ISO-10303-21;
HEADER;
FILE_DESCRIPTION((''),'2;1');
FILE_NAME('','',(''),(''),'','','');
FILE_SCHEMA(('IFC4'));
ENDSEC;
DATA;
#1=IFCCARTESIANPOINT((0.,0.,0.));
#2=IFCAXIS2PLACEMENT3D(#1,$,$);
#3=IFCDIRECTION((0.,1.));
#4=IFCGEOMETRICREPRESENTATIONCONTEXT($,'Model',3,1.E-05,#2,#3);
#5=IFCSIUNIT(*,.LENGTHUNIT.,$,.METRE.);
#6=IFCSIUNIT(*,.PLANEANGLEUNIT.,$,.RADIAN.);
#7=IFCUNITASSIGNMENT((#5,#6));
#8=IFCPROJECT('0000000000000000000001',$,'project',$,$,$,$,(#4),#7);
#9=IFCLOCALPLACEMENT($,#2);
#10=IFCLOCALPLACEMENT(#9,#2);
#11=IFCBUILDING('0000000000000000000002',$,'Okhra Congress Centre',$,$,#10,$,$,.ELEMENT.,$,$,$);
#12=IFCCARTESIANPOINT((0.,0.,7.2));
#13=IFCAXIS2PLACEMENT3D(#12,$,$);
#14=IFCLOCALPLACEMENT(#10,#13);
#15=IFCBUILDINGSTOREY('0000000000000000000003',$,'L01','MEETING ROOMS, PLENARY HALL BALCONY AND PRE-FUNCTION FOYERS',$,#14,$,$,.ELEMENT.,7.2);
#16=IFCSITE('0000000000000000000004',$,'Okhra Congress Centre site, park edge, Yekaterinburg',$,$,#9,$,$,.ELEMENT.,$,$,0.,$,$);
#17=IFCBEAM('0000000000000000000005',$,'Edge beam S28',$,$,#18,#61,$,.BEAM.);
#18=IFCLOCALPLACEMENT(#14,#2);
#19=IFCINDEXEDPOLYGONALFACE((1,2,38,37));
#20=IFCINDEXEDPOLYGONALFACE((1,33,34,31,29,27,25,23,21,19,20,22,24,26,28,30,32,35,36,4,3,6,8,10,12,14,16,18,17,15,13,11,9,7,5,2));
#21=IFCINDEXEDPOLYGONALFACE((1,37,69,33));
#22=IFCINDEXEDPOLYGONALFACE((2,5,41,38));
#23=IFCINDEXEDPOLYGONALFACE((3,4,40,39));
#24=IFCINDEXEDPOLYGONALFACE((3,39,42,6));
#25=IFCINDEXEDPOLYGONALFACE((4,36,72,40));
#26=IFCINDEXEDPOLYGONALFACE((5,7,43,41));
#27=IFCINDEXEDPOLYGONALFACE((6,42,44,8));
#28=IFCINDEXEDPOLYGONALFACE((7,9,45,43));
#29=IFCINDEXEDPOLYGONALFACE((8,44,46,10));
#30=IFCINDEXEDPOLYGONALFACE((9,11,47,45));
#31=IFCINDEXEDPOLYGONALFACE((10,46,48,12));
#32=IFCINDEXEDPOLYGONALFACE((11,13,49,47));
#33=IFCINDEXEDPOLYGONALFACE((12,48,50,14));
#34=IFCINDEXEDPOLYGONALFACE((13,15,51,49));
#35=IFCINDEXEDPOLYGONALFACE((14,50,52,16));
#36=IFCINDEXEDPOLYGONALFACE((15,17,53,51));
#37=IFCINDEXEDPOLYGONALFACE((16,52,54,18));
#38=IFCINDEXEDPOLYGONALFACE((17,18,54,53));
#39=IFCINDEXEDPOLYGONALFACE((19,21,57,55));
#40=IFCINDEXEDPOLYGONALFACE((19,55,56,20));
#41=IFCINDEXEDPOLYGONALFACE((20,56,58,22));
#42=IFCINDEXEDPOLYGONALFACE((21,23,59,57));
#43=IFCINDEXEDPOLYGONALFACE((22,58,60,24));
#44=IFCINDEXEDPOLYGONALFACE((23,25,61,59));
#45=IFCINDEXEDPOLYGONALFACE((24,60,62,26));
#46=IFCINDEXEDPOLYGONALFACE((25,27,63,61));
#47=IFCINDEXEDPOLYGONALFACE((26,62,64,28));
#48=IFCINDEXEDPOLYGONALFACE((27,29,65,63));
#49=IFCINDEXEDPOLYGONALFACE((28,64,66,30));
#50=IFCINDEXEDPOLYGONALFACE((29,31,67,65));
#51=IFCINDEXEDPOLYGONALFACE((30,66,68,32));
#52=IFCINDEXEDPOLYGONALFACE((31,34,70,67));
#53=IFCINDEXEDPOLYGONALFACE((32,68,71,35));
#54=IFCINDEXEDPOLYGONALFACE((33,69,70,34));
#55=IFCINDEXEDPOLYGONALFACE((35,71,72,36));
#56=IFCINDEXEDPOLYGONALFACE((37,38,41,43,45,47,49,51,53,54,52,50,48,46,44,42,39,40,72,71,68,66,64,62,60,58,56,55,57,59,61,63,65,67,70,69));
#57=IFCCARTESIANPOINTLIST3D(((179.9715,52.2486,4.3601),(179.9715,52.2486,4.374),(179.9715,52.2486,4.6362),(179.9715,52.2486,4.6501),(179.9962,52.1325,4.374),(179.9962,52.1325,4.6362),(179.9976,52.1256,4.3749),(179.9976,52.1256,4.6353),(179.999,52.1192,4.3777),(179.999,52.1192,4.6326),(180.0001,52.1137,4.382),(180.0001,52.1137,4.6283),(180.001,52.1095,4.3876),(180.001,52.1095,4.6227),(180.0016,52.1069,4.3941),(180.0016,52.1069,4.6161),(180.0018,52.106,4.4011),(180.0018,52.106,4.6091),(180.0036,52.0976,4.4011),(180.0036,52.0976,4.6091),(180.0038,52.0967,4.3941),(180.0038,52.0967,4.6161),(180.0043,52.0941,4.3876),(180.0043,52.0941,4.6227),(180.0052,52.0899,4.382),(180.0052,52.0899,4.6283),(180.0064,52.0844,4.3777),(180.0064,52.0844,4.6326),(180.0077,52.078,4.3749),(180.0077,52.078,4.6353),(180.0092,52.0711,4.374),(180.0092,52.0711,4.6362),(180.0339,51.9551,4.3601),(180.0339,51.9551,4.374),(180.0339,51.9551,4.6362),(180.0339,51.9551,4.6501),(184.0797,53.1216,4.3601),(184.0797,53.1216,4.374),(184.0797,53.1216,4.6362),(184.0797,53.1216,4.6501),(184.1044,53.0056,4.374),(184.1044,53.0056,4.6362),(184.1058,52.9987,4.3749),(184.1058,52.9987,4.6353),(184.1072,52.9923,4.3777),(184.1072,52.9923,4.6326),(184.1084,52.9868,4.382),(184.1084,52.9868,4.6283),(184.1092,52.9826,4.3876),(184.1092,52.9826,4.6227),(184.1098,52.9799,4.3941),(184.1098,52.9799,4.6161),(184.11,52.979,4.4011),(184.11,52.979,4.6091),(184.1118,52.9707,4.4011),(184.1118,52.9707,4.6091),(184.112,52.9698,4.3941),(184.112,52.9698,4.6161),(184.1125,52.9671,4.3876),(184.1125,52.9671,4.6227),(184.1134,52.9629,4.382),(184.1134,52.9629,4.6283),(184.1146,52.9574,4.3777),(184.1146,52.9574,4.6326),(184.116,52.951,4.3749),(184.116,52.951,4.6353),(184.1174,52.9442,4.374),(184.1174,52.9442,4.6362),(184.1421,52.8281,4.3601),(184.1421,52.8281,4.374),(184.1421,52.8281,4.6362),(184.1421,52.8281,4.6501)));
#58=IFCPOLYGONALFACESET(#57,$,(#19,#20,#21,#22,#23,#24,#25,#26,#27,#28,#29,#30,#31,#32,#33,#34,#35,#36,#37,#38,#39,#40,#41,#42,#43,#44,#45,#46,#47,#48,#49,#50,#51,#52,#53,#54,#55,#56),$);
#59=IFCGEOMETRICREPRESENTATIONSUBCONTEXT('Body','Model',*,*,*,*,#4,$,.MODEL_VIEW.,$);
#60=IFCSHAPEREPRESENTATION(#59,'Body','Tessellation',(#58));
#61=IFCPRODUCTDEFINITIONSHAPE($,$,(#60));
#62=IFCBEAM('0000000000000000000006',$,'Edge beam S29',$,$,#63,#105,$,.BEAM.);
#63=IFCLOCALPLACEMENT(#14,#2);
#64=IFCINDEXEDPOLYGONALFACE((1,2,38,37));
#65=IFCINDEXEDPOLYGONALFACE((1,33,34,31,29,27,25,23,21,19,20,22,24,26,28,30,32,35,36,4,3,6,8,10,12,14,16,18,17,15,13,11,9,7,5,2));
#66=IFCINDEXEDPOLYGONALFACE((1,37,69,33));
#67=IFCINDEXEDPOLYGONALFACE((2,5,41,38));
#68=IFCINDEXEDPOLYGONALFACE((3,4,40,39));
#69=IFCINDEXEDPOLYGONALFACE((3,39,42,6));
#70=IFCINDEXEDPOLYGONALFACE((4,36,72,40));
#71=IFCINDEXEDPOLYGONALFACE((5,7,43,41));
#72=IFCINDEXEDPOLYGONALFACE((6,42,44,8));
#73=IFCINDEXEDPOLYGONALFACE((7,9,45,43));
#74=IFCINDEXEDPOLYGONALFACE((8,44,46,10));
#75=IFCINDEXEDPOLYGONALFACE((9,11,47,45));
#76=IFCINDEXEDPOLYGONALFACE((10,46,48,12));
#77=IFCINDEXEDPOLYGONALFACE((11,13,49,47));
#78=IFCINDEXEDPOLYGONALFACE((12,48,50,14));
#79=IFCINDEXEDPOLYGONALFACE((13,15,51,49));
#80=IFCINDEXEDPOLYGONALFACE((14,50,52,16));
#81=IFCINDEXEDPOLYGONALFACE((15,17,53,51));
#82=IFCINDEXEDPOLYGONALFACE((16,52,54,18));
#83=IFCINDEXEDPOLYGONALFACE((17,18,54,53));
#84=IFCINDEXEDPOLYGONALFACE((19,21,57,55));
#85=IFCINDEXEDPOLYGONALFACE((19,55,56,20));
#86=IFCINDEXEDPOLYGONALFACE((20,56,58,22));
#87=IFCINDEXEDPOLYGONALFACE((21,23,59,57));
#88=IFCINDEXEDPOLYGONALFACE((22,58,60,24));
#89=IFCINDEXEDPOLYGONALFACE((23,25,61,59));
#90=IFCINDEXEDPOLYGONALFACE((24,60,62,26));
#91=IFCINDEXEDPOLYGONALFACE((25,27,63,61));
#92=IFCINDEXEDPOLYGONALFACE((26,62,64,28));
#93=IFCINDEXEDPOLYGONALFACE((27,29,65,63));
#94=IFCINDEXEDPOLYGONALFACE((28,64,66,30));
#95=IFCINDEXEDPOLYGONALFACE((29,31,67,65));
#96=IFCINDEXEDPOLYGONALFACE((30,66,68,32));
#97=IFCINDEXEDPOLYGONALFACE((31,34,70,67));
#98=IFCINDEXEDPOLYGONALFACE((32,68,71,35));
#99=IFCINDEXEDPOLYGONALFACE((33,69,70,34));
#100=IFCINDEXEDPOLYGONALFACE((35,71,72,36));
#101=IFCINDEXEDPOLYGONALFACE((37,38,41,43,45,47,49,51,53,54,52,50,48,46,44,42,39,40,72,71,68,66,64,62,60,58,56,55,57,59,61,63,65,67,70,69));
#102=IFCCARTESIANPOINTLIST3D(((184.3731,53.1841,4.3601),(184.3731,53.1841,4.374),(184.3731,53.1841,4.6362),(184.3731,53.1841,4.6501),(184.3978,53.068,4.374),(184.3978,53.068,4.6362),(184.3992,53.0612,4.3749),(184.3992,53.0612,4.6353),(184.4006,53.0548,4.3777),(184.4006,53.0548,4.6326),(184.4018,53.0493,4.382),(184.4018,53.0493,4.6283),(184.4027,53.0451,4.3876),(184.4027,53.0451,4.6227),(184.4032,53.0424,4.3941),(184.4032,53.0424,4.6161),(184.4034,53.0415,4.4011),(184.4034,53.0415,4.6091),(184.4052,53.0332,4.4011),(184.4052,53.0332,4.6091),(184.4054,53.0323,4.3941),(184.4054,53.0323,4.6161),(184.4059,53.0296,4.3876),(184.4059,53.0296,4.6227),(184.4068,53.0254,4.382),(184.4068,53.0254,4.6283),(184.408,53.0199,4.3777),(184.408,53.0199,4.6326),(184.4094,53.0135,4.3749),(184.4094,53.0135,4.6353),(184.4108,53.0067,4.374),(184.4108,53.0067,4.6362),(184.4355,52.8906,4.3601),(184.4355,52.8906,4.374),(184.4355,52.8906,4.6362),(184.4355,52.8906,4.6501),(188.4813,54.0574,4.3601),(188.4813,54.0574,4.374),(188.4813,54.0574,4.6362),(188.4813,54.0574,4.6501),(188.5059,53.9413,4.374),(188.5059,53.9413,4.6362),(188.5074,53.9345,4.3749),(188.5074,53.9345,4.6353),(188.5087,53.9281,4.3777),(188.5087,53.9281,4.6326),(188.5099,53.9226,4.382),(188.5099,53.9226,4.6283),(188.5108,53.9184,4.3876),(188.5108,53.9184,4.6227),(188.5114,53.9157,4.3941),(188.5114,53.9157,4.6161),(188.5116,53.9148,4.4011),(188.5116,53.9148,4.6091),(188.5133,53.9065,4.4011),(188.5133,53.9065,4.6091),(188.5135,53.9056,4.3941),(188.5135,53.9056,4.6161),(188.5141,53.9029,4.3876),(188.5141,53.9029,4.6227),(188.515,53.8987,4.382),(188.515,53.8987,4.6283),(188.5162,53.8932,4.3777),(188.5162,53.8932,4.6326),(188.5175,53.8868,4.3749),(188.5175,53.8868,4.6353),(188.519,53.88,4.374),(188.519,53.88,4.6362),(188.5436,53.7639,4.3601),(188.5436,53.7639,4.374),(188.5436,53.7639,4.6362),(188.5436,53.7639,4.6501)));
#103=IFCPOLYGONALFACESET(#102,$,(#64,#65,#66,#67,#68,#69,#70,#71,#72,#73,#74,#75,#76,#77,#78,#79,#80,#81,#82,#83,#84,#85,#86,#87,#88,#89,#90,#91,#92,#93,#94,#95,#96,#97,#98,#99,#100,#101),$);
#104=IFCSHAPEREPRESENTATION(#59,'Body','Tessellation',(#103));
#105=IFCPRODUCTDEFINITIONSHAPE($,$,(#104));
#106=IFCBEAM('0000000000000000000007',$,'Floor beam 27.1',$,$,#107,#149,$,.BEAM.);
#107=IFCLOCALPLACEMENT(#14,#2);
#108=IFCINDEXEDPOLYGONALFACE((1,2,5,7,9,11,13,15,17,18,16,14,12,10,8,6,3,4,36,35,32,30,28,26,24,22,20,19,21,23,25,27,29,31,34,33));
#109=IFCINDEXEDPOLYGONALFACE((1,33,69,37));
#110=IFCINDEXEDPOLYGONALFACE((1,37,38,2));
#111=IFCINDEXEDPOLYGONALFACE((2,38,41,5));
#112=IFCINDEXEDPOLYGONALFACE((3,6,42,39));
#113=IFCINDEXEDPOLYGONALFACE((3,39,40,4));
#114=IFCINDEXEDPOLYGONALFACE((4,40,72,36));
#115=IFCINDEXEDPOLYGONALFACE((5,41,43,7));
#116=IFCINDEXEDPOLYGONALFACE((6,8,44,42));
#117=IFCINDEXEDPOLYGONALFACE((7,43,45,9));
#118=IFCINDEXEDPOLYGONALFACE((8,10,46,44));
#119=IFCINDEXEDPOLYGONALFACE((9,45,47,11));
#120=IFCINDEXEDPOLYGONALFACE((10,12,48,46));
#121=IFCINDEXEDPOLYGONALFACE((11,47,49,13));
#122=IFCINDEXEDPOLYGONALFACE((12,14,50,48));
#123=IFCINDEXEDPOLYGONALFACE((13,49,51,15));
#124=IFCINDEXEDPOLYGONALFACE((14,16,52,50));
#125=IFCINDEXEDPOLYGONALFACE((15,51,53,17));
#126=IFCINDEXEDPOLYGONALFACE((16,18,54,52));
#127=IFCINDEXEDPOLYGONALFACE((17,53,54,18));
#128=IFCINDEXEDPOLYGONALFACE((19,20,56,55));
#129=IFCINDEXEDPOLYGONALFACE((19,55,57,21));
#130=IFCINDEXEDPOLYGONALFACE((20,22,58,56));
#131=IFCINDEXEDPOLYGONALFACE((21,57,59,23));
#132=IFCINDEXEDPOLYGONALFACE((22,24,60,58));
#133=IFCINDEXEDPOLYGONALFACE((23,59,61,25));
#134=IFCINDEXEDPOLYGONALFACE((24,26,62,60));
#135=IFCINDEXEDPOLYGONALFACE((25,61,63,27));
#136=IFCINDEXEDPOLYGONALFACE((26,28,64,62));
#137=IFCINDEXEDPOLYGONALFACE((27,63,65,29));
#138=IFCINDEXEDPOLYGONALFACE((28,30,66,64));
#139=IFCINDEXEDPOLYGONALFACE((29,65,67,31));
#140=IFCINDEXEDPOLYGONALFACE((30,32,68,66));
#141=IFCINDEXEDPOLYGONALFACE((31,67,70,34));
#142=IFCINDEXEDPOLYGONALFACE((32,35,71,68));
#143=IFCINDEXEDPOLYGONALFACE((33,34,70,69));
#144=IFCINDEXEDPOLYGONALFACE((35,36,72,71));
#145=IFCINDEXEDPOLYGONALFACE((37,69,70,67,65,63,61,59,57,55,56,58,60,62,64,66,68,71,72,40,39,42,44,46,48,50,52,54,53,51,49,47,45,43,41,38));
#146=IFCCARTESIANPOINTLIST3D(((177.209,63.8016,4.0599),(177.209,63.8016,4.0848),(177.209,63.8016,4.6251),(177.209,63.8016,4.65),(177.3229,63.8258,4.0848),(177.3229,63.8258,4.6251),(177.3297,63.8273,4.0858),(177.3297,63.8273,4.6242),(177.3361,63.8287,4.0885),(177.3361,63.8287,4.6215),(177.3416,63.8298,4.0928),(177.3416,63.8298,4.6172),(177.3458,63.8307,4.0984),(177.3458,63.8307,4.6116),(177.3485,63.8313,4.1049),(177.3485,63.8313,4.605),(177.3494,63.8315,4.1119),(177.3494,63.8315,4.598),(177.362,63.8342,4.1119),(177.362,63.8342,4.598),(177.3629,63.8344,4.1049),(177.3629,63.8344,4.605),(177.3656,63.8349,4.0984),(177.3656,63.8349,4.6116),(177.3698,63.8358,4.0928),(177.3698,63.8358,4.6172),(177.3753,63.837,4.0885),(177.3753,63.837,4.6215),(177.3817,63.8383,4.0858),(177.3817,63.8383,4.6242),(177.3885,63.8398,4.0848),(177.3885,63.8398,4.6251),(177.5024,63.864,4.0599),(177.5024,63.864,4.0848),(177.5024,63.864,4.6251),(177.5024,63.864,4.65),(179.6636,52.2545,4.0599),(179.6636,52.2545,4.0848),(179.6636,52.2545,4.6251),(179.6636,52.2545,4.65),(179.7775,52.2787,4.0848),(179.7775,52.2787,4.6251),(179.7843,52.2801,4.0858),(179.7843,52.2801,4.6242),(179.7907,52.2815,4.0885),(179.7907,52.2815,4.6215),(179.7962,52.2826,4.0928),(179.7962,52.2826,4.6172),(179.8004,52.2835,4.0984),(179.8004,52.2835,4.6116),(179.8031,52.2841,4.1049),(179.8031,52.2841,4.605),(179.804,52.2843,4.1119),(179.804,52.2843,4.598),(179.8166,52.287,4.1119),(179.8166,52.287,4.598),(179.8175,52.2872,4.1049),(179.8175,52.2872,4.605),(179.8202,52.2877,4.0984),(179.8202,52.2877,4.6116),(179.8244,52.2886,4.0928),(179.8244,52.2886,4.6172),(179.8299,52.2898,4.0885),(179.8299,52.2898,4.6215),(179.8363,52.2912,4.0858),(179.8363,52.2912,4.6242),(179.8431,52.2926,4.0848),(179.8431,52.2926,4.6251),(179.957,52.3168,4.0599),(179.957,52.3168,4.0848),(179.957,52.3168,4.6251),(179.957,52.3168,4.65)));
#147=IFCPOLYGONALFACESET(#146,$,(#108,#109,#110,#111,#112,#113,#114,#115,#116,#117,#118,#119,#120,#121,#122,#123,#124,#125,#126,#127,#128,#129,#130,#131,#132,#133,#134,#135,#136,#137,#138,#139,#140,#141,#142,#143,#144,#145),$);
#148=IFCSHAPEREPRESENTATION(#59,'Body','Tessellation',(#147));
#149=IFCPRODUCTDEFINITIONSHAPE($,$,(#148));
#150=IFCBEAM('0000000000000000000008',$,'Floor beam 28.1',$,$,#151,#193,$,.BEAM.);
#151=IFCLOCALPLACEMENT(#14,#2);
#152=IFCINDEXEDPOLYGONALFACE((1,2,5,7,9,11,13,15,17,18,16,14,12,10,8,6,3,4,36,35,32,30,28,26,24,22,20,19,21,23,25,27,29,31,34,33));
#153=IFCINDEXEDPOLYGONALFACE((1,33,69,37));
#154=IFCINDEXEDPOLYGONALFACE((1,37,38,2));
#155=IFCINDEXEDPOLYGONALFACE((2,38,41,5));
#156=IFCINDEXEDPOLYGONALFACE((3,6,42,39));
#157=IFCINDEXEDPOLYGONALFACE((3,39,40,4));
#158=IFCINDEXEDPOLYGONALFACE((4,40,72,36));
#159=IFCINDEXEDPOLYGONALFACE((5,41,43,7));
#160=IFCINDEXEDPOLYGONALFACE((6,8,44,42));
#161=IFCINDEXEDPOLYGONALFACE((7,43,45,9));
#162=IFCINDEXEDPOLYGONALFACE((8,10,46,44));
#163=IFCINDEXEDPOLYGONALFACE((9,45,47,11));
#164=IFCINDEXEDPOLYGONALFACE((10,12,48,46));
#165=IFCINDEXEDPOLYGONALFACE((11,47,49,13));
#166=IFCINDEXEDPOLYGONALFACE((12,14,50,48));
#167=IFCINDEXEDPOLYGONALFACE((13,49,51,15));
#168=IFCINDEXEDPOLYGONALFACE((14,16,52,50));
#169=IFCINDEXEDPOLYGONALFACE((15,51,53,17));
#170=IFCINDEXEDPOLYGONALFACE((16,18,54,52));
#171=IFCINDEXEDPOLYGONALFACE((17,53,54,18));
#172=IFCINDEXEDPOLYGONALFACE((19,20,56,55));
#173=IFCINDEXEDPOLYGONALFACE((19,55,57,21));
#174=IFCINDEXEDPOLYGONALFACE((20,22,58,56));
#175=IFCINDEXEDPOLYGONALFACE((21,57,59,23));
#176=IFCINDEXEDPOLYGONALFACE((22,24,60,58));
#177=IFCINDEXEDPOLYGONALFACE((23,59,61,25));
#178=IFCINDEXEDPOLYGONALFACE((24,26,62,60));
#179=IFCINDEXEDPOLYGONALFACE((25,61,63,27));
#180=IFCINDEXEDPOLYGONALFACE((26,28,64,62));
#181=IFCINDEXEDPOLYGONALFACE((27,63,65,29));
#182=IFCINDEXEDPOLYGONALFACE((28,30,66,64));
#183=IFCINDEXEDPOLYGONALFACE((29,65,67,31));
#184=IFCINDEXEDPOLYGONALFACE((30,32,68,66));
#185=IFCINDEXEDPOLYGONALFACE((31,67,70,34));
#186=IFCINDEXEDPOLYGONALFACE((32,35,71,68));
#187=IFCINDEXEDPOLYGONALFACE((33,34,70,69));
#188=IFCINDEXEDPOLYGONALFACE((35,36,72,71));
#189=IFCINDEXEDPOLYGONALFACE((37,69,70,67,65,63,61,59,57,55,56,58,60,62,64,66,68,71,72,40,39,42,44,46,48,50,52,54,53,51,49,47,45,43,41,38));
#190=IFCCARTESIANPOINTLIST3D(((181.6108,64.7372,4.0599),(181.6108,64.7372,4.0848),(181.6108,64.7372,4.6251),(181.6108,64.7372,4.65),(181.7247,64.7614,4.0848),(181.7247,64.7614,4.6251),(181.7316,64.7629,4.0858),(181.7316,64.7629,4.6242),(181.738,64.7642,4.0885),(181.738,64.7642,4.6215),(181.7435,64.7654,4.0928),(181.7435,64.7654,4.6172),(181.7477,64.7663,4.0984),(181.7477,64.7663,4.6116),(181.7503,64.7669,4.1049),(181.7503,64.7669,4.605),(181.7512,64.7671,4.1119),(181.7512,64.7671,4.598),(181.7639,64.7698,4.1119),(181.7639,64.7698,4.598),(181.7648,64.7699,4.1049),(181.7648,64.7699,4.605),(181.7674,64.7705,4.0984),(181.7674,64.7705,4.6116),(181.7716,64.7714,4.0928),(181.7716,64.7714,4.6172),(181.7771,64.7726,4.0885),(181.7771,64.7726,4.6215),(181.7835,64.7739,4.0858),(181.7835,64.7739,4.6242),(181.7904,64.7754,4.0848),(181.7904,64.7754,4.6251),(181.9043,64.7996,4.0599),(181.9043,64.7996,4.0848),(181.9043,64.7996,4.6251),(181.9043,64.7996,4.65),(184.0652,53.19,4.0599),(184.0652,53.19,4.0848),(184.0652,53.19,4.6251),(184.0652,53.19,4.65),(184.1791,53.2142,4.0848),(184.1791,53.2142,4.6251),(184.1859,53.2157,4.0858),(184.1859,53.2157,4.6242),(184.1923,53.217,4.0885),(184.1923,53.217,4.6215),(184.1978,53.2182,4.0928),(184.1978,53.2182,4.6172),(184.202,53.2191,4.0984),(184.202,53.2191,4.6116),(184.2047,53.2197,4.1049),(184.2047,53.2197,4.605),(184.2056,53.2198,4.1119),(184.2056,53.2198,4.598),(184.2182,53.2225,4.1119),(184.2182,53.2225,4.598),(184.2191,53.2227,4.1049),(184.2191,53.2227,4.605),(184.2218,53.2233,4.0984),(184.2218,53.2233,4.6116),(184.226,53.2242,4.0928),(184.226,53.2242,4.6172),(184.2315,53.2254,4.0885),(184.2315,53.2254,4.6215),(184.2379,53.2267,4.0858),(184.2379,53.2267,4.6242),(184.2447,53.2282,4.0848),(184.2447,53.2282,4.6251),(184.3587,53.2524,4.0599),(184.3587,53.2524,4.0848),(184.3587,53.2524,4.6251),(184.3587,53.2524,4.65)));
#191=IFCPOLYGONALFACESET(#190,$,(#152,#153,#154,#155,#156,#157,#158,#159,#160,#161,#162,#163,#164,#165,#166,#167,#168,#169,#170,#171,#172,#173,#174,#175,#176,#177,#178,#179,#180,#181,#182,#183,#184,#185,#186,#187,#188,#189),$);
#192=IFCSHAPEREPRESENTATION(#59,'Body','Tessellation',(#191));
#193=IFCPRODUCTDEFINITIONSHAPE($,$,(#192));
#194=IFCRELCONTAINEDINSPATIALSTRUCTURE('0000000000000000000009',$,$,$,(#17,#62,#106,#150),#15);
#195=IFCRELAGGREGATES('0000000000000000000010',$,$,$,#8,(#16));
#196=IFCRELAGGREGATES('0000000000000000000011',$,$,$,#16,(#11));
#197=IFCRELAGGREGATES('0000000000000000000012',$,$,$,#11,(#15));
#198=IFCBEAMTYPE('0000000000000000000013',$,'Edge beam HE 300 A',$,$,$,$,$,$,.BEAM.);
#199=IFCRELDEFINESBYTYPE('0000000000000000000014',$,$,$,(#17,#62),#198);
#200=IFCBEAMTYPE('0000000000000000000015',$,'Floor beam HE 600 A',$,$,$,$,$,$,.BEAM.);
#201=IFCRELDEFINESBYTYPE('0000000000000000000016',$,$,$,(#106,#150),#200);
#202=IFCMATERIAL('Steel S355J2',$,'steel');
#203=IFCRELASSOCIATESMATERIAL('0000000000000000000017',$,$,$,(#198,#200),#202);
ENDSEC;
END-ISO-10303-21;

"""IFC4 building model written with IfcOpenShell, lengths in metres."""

from ifc_helpers import new_model, si_unit, direction, frame, origin, origin_2d, place, context, subcontext, project, spatial, i_section, extrude, material, material_profile, profile_set, type_object, element, save


model = new_model("IFC4")

# Units and contexts
model_context = context("Model", 3, precision=1e-05, world=origin(), true_north=direction((0.0, 1.0)))
body_context = subcontext(model_context, "Body", "Model", "MODEL_VIEW")
ifc_project = project(units=[si_unit("LENGTHUNIT", "METRE"), si_unit("PLANEANGLEUNIT", "RADIAN")], contexts=[model_context])

# Site, building, storey
site_placement = place(None, origin())
site = spatial("IfcSite", under=ifc_project, at=site_placement, Name="Okhra Congress Centre site, park edge, Yekaterinburg", CompositionType="ELEMENT", RefElevation=0.0)
building_placement = place(site_placement, origin())
building = spatial("IfcBuilding", under=site, at=building_placement, Name="Okhra Congress Centre", CompositionType="ELEMENT")
storey_placement = place(building_placement, frame((0.0, 0.0, 7.2)))
storey = spatial("IfcBuildingStorey", under=building, at=storey_placement, Name="L01", Description="MEETING ROOMS, PLENARY HALL BALCONY AND PRE-FUNCTION FOYERS", CompositionType="ELEMENT", Elevation=7.2)

# Shared definitions
ifc_material_1 = material(Name="Steel S355J2", Category="steel")

# Beams
ifc_material_profile_1 = material_profile(ifc_material_1, i_section(OverallWidth=0.3, OverallDepth=0.29, WebThickness=0.0085, FlangeThickness=0.0139, FilletRadius=0.0271, at=origin_2d()), Name="HE 300 A")
ifc_profile_set_1 = profile_set([ifc_material_profile_1], Name="Steel S355J2")
beam_type_1 = type_object("IfcBeamType", Name="Edge beam HE 300 A", PredefinedType="BEAM", material=ifc_profile_set_1)
for number, where, z_axis, x_axis, name in (
    (1, (180.0027, 52.1018, 4.5051), (0.978156, 0.207873, 0.0), (-0.207873, 0.978156, 0.0), "Edge beam S28"),
    (2, (184.4043, 53.0374, 4.5051), (0.978144, 0.207929, 0.0), (-0.207929, 0.978144, 0.0), "Edge beam S29"),
):
    element("IfcBeam", number, at=place(storey_placement, frame(where, z_axis=z_axis, x_axis=x_axis)), inside=storey, type_object=beam_type_1, Name=name, PredefinedType="BEAM", context=body_context, shape_type="SweptSolid", body=[
        extrude(i_section(OverallWidth=0.3, OverallDepth=0.29, WebThickness=0.0085, FlangeThickness=0.0139, FilletRadius=0.0271, at=origin_2d()), origin(), (0.0, 0.0, 1.0), 4.2),
    ])
ifc_material_profile_2 = material_profile(ifc_material_1, i_section(OverallWidth=0.3, OverallDepth=0.5901, WebThickness=0.0129, FlangeThickness=0.0249, FilletRadius=0.0271, at=origin_2d()), Name="HE 600 A")
ifc_profile_set_2 = profile_set([ifc_material_profile_2], Name="Steel S355J2")
beam_type_2 = type_object("IfcBeamType", Name="Floor beam HE 600 A", PredefinedType="BEAM", material=ifc_profile_set_2)
for number, where, z_axis, x_axis, name in (
    (3, (179.8103, 52.2856, 4.355), (-0.207926, 0.978145, 0.0), (-0.978145, -0.207926, 0.0), "Floor beam 27.1"),
    (4, (184.2119, 53.2212, 4.355), (-0.207906, 0.978149, 0.0), (-0.978149, -0.207906, 0.0), "Floor beam 28.1"),
):
    element("IfcBeam", number, at=place(storey_placement, frame(where, z_axis=z_axis, x_axis=x_axis)), inside=storey, type_object=beam_type_2, Name=name, PredefinedType="BEAM", context=body_context, shape_type="SweptSolid", body=[
        extrude(i_section(OverallWidth=0.3, OverallDepth=0.5901, WebThickness=0.0129, FlangeThickness=0.0249, FilletRadius=0.0271, at=origin_2d()), origin(), (0.0, 0.0, 1.0), 11.8052),
    ])

save(model, "model.ifc")
